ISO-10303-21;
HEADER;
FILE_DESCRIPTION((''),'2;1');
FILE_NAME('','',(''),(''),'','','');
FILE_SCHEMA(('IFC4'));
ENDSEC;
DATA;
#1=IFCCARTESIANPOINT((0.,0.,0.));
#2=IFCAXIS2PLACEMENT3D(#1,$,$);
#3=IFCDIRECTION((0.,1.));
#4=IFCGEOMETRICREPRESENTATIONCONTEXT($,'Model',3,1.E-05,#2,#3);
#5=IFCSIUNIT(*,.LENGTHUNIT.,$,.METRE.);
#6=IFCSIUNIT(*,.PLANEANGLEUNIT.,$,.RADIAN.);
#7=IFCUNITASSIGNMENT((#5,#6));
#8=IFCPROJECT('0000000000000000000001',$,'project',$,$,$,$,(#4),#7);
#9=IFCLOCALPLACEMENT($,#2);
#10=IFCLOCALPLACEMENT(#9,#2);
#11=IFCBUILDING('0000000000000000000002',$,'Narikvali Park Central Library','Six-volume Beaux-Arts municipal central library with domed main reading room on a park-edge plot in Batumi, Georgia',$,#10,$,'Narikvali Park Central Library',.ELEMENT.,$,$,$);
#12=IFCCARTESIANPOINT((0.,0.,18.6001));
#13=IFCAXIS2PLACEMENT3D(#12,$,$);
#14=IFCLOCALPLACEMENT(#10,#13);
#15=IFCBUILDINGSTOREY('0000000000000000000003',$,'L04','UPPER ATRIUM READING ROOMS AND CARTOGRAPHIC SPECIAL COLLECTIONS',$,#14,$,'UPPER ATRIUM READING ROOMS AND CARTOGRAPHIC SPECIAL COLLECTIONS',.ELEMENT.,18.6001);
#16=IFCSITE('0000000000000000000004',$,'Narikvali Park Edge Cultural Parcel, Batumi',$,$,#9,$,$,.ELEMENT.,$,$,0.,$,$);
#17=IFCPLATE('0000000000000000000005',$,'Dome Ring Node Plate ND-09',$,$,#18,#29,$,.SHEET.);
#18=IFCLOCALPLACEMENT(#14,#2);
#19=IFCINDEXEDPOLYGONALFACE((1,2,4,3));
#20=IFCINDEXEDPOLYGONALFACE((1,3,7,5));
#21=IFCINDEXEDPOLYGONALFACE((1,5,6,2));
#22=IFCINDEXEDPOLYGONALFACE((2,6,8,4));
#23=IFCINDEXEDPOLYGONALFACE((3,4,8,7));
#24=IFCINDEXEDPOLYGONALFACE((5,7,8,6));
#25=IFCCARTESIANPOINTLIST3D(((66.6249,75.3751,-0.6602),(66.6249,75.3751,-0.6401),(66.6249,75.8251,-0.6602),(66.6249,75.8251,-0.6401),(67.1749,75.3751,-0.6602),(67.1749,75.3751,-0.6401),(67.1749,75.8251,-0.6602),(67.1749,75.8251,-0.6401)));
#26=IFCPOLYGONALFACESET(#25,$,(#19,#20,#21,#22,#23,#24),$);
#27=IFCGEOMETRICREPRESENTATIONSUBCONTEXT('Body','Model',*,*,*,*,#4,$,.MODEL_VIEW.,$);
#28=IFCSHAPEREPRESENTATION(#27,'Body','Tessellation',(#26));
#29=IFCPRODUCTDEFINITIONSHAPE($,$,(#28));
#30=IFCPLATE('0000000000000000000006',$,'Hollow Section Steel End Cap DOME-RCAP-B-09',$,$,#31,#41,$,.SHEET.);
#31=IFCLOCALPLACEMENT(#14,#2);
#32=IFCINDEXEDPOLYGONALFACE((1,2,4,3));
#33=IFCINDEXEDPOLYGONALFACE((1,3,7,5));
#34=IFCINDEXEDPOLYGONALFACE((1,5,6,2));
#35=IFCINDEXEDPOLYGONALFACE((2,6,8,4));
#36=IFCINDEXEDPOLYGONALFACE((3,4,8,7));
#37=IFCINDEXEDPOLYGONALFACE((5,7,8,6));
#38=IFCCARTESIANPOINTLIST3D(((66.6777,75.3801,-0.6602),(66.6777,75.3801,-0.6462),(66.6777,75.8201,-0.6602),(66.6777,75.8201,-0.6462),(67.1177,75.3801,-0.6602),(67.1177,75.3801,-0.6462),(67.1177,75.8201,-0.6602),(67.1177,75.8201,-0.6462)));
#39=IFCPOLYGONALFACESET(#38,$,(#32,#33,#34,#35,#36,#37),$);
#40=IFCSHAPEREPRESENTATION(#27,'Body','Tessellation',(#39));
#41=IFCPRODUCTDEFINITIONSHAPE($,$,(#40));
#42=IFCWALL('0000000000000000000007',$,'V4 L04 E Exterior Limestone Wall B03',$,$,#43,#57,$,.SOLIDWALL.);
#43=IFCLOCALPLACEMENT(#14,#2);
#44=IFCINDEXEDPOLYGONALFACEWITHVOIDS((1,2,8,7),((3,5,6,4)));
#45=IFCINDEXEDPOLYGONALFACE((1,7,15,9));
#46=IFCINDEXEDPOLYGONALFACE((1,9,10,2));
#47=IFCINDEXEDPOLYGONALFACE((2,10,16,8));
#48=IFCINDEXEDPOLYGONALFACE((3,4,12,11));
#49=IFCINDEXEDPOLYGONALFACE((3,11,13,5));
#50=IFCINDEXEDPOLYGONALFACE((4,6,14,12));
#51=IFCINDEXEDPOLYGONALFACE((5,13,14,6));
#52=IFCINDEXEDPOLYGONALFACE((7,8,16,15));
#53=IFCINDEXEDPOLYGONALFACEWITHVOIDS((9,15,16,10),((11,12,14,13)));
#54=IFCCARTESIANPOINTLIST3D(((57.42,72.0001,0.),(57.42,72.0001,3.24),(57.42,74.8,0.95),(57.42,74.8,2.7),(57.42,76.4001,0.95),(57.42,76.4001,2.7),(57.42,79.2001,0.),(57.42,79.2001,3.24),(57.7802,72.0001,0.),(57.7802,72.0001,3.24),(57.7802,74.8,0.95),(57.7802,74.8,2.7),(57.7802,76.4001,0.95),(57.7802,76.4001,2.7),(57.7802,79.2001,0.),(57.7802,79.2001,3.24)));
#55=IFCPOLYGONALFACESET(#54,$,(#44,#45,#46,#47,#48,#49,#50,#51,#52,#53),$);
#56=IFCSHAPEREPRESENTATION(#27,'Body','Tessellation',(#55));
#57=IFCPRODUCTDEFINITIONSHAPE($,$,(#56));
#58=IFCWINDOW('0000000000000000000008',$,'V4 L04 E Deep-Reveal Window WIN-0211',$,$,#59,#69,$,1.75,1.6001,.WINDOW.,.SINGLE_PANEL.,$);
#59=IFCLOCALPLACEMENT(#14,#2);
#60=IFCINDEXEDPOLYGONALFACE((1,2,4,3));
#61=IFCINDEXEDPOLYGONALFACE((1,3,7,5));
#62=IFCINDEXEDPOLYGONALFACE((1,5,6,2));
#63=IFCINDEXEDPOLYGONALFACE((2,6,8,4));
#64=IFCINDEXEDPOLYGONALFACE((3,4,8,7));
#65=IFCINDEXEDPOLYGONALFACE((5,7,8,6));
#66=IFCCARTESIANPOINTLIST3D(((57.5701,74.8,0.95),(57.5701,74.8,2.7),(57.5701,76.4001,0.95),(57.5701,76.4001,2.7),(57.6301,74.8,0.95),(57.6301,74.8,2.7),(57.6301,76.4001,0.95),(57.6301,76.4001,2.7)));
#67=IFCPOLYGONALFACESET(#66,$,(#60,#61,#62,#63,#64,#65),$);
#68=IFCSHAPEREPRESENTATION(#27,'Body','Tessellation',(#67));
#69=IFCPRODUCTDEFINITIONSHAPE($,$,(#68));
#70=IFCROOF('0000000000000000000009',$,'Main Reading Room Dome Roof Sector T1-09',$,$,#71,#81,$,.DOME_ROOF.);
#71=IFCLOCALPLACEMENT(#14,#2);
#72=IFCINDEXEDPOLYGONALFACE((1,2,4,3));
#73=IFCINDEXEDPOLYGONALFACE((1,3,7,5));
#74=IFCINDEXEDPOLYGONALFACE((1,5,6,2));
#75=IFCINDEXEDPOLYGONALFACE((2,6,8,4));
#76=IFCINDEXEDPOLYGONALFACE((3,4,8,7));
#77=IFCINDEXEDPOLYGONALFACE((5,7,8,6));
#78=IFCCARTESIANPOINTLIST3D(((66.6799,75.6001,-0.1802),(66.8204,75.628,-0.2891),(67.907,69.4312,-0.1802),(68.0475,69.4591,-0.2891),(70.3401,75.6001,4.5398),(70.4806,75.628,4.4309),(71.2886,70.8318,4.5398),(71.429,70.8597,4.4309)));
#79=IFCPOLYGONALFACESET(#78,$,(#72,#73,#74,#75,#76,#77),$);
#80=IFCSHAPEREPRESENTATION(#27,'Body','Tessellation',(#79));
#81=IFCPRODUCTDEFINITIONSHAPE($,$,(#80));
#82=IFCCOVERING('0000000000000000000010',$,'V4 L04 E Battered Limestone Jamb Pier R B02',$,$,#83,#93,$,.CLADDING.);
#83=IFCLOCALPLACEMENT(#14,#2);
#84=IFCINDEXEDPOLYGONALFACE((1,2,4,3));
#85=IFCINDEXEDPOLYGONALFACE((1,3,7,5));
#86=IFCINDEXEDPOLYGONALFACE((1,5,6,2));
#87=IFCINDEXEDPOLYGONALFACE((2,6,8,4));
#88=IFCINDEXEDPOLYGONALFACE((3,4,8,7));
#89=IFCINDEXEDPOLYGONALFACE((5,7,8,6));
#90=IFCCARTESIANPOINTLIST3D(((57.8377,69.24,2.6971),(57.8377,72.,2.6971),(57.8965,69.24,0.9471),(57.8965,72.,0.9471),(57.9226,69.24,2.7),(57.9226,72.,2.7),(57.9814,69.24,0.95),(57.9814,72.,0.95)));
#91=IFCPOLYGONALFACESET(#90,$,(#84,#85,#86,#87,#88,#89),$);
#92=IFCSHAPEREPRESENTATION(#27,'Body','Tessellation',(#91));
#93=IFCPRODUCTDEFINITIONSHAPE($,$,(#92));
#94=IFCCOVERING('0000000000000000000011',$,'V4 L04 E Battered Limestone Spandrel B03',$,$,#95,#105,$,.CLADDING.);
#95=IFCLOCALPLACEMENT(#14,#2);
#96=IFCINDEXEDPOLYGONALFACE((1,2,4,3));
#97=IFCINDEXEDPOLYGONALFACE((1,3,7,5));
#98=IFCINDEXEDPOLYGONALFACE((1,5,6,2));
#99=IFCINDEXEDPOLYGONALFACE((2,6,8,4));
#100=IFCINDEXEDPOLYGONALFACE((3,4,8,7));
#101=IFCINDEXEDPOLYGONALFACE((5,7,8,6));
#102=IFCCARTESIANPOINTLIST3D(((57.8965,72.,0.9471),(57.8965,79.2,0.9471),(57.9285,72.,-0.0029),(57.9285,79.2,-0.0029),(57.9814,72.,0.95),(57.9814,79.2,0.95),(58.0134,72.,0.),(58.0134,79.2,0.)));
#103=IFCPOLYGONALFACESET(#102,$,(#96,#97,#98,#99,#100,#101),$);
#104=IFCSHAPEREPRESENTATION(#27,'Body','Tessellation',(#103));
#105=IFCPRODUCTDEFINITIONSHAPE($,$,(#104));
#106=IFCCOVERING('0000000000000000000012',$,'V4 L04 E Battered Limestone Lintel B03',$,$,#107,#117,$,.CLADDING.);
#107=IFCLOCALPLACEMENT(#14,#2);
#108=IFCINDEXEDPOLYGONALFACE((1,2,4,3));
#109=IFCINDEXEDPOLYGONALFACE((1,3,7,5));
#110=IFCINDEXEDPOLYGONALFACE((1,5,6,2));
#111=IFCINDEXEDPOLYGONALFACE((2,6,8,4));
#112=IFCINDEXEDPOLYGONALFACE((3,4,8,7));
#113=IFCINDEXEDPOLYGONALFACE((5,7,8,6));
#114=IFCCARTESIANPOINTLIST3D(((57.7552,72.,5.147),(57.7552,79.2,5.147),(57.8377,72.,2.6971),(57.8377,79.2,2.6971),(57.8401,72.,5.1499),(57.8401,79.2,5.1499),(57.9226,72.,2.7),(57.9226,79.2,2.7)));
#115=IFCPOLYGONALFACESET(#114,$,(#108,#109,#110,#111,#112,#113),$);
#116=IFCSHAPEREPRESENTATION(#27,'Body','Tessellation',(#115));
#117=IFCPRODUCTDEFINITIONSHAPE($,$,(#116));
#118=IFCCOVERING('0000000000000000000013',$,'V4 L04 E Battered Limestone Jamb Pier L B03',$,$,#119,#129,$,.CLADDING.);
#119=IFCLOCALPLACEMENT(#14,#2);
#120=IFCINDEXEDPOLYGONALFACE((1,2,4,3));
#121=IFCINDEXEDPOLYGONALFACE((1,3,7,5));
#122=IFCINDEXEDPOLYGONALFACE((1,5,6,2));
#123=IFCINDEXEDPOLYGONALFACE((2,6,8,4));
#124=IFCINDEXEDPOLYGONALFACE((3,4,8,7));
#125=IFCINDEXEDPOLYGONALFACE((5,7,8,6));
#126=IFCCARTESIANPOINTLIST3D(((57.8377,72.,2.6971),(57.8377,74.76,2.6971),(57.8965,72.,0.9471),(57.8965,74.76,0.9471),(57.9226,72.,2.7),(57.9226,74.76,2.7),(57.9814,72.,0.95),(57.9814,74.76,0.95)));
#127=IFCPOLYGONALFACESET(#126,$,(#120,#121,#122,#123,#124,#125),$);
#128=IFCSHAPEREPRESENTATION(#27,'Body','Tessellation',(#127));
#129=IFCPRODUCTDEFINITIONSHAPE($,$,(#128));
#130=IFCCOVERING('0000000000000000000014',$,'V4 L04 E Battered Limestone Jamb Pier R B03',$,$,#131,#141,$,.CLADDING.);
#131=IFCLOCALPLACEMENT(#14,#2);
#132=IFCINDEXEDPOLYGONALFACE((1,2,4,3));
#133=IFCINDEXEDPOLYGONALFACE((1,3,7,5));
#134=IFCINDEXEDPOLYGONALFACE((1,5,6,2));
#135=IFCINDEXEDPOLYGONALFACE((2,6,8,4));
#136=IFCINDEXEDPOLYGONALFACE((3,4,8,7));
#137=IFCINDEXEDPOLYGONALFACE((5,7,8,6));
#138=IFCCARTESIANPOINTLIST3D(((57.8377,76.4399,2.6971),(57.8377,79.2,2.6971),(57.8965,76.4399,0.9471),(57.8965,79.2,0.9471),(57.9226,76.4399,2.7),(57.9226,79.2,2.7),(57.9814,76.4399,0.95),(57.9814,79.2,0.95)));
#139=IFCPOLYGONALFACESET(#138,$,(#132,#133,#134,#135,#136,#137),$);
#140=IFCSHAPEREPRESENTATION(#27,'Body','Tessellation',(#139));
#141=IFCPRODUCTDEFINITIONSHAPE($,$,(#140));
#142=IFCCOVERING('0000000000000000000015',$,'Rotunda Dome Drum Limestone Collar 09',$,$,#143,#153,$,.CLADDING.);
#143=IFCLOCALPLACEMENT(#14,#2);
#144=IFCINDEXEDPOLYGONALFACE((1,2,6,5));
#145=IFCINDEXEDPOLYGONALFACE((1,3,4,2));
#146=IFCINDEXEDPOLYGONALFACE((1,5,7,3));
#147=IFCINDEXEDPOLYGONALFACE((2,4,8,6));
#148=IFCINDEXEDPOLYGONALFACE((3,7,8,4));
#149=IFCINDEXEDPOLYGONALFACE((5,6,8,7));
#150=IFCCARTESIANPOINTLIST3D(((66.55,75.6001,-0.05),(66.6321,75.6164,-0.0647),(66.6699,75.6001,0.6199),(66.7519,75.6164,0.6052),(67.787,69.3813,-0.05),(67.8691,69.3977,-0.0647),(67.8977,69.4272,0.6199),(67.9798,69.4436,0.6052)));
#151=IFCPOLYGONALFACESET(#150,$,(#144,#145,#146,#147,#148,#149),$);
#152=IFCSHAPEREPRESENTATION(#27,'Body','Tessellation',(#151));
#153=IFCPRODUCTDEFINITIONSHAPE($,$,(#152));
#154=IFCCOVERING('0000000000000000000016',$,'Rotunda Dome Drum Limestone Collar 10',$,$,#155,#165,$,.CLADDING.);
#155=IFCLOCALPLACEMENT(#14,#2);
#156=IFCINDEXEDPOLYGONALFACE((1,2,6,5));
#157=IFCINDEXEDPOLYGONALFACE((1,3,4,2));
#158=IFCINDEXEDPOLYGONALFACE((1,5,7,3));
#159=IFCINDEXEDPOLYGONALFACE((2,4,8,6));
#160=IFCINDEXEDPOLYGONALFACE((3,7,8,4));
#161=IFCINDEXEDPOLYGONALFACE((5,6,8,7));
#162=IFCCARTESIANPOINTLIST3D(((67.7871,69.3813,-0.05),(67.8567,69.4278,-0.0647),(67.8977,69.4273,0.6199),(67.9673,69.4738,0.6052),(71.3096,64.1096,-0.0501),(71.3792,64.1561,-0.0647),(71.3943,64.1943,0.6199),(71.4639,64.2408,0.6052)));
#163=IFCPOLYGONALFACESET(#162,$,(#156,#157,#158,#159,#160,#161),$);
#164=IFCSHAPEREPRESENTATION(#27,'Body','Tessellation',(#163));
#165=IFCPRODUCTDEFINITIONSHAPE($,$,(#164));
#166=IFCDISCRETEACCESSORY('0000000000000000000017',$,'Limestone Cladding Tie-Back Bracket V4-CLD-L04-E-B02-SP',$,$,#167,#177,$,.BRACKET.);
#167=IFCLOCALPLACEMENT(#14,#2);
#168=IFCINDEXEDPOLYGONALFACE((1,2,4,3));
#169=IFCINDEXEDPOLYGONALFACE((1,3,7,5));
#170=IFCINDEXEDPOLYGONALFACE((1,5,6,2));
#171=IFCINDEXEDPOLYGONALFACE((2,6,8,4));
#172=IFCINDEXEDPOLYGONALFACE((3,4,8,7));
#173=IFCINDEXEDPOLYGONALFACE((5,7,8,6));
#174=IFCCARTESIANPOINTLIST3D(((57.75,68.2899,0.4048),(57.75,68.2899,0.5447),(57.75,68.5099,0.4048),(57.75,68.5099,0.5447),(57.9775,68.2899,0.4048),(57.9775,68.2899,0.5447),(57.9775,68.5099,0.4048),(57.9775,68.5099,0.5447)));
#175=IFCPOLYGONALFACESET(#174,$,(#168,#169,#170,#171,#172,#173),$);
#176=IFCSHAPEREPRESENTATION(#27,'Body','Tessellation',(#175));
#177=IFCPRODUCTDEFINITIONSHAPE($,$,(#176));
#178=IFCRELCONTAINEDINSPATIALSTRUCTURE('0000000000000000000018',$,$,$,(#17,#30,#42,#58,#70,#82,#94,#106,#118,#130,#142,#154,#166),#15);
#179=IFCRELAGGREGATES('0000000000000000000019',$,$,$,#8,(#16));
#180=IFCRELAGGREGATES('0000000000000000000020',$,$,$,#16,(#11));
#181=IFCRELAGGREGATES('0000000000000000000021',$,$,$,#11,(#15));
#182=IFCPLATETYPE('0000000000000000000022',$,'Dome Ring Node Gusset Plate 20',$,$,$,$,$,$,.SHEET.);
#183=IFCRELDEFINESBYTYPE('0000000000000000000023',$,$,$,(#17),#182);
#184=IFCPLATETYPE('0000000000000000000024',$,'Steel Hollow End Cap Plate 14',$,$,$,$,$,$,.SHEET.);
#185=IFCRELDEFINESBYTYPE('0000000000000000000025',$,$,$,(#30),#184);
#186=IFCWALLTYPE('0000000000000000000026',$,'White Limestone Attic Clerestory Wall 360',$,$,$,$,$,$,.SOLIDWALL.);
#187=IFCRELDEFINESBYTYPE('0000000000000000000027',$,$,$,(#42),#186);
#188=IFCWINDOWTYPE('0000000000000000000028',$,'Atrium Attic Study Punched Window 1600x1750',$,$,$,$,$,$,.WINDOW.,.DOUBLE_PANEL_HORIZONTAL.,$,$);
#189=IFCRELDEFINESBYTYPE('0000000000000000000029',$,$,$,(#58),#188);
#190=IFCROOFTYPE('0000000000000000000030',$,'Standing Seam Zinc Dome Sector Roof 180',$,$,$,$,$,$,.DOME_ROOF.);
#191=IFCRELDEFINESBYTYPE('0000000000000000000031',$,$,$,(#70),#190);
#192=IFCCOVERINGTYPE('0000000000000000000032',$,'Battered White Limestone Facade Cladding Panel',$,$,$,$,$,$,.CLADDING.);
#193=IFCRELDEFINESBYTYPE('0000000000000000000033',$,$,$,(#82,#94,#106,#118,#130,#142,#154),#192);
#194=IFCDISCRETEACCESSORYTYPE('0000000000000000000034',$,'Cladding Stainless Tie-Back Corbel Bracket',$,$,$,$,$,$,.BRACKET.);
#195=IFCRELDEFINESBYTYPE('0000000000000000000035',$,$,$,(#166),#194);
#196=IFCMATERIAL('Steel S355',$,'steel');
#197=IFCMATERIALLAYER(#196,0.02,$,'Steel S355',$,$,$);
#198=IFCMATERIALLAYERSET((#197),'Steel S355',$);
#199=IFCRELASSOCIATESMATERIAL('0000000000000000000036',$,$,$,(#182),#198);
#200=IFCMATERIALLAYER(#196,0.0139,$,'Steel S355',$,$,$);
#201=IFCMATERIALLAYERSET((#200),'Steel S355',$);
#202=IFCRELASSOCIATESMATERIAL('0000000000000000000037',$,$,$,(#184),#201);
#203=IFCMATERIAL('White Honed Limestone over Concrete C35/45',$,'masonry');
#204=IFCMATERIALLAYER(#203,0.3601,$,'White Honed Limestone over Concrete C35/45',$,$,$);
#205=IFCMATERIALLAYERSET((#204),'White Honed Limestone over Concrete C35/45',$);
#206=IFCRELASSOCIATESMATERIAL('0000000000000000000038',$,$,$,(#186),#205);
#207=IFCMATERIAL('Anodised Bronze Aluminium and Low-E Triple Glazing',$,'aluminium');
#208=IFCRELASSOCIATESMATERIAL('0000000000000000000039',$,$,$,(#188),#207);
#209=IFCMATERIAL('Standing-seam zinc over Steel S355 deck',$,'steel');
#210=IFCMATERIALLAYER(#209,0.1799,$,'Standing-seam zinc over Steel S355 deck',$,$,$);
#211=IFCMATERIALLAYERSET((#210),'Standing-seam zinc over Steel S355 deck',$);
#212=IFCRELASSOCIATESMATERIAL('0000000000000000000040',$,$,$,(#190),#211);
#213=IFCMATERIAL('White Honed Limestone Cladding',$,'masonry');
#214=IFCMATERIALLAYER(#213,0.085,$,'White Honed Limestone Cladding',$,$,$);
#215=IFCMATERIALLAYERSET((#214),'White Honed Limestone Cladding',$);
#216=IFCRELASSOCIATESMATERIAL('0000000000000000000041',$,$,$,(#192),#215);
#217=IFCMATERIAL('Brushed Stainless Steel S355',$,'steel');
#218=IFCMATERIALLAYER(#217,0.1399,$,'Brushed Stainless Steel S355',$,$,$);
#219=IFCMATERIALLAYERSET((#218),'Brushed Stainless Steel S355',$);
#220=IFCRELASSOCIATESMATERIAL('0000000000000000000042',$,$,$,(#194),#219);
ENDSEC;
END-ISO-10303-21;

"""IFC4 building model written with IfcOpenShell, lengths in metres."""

from ifc_helpers import new_model, si_unit, direction, frame, frame_2d, origin, origin_2d, place, context, subcontext, project, spatial, polyline, rectangle, outline, extrude, material, layer, layer_set, type_object, element, fill, save


model = new_model("IFC4")

# Units and contexts
model_context = context("Model", 3, precision=1e-05, world=origin(), true_north=direction((0.0, 1.0)))
body_context = subcontext(model_context, "Body", "Model", "MODEL_VIEW")
ifc_project = project(units=[si_unit("LENGTHUNIT", "METRE"), si_unit("PLANEANGLEUNIT", "RADIAN")], contexts=[model_context])

# Site, building, storey
site_placement = place(None, origin())
site = spatial("IfcSite", under=ifc_project, at=site_placement, Name="Narikvali Park Edge Cultural Parcel, Batumi", CompositionType="ELEMENT", RefElevation=0.0)
building_placement = place(site_placement, origin())
building = spatial("IfcBuilding", under=site, at=building_placement, Name="Narikvali Park Central Library", Description="Six-volume Beaux-Arts municipal central library with domed main reading room on a park-edge plot in Batumi, Georgia", LongName="Narikvali Park Central Library", CompositionType="ELEMENT")
storey_placement = place(building_placement, frame((0.0, 0.0, 18.6001)))
storey = spatial("IfcBuildingStorey", under=building, at=storey_placement, Name="L04", Description="UPPER ATRIUM READING ROOMS AND CARTOGRAPHIC SPECIAL COLLECTIONS", LongName="UPPER ATRIUM READING ROOMS AND CARTOGRAPHIC SPECIAL COLLECTIONS", CompositionType="ELEMENT", Elevation=18.6001)

# Shared definitions
ifc_material_1 = material(Name="Steel S355", Category="steel")

# Plates
ifc_layer_1 = layer(ifc_material_1, 0.02, Name="Steel S355")
ifc_layer_set_1 = layer_set([ifc_layer_1], Name="Steel S355")
plate_type_1 = type_object("IfcPlateType", Name="Dome Ring Node Gusset Plate 20", PredefinedType="SHEET", material=ifc_layer_set_1)
plate_1_placement = place(storey_placement, frame((66.8999, 75.6001, -0.6602), z_axis=(0.0, 0.0, 1.0), x_axis=(-1.0, 0.0, 0.0)))
element("IfcPlate", 1, at=plate_1_placement, inside=storey, type_object=plate_type_1, Name="Dome Ring Node Plate ND-09", PredefinedType="SHEET", context=body_context, shape_type="SweptSolid", body=[
    extrude(rectangle(XDim=0.55, YDim=0.45, at=origin_2d()), origin(), (0.0, 0.0, 1.0), 0.02),
])
ifc_layer_2 = layer(ifc_material_1, 0.0139, Name="Steel S355")
ifc_layer_set_2 = layer_set([ifc_layer_2], Name="Steel S355")
plate_type_2 = type_object("IfcPlateType", Name="Steel Hollow End Cap Plate 14", PredefinedType="SHEET", material=ifc_layer_set_2)
plate_2_placement = place(storey_placement, frame((66.8977, 75.6001, -0.6602), z_axis=(0.0, 0.0, 1.0), x_axis=(1.0, 0.0, 0.0)))
element("IfcPlate", 2, at=plate_2_placement, inside=storey, type_object=plate_type_2, Name="Hollow Section Steel End Cap DOME-RCAP-B-09", PredefinedType="SHEET", context=body_context, shape_type="SweptSolid", body=[
    extrude(rectangle(XDim=0.4399, YDim=0.4399, at=origin_2d()), origin(), (0.0, 0.0, 1.0), 0.0139),
])

# Wall, opening, window
ifc_material_2 = material(Name="White Honed Limestone over Concrete C35/45", Category="masonry")
ifc_layer_3 = layer(ifc_material_2, 0.3601, Name="White Honed Limestone over Concrete C35/45")
ifc_layer_set_3 = layer_set([ifc_layer_3], Name="White Honed Limestone over Concrete C35/45")
wall_type = type_object("IfcWallType", Name="White Limestone Attic Clerestory Wall 360", PredefinedType="SOLIDWALL", material=ifc_layer_set_3)
wall_placement = place(storey_placement, frame((57.6001, 72.0, 0.0), z_axis=(0.0, 0.0, 1.0), x_axis=(0.0, 1.0, 0.0)))
wall = element("IfcWall", 3, at=wall_placement, inside=storey, type_object=wall_type, Name="V4 L04 E Exterior Limestone Wall B03", PredefinedType="SOLIDWALL", context=body_context, shape_type="SweptSolid", body=[
    extrude(rectangle(XDim=7.2, YDim=0.3601, at=frame_2d((3.6001, 0.0))), origin(), (0.0, 0.0, 1.0), 3.24),
])
opening_placement = place(wall_placement, frame((2.8, 0.0, 0.95)))
opening = element("IfcOpeningElement", 4, at=opening_placement, cuts=wall, PredefinedType="OPENING", context=body_context, shape_type="SweptSolid", body=[
    extrude(rectangle(XDim=1.6001, YDim=1.75, at=frame_2d((0.8, 0.875))), frame((0.0, 0.1919, 0.0), z_axis=(0.0, -1.0, 0.0), x_axis=(1.0, 0.0, 0.0)), (0.0, 0.0, 1.0), 0.384),
])
ifc_material_3 = material(Name="Anodised Bronze Aluminium and Low-E Triple Glazing", Category="aluminium")
window_type = type_object("IfcWindowType", Name="Atrium Attic Study Punched Window 1600x1750", PartitioningType="DOUBLE_PANEL_HORIZONTAL", PredefinedType="WINDOW", material=ifc_material_3)
window_placement = place(opening_placement, origin())
window = element("IfcWindow", 5, at=window_placement, inside=storey, type_object=window_type, Name="V4 L04 E Deep-Reveal Window WIN-0211", OverallHeight=1.75, OverallWidth=1.6001, PartitioningType="SINGLE_PANEL", PredefinedType="WINDOW", context=body_context, shape_type="SweptSolid", body=[
    extrude(rectangle(XDim=1.6001, YDim=1.75, at=frame_2d((0.8, 0.875))), frame((0.0, 0.03, 0.0), z_axis=(0.0, -1.0, 0.0), x_axis=(1.0, 0.0, 0.0)), (0.0, 0.0, 1.0), 0.0601),
])
fill(opening, window)

# Roof
ifc_material_4 = material(Name="Standing-seam zinc over Steel S355 deck", Category="steel")
ifc_layer_4 = layer(ifc_material_4, 0.1799, Name="Standing-seam zinc over Steel S355 deck")
ifc_layer_set_4 = layer_set([ifc_layer_4], Name="Standing-seam zinc over Steel S355 deck")
roof_type = type_object("IfcRoofType", Name="Standing Seam Zinc Dome Sector Roof 180", PredefinedType="DOME_ROOF", material=ifc_layer_set_4)
roof_placement = place(storey_placement, frame((66.6799, 75.6001, -0.1802), z_axis=(-0.780652, -0.15528, 0.605369), x_axis=(0.195088, -0.980786, -0.000001)))
element("IfcRoof", 6, at=roof_placement, inside=storey, type_object=roof_type, Name="Main Reading Room Dome Roof Sector T1-09", PredefinedType="DOME_ROOF", context=body_context, shape_type="SweptSolid", body=[
    extrude(outline(polyline([(0.0, 0.0), (6.2898, 0.0), (5.5758, 5.93), (0.714, 5.93), (0.0, 0.0)])), origin(), (0.0, 0.0, -1.0), 0.1799),
])

# Coverings
ifc_material_5 = material(Name="White Honed Limestone Cladding", Category="masonry")
ifc_layer_5 = layer(ifc_material_5, 0.085, Name="White Honed Limestone Cladding")
ifc_layer_set_5 = layer_set([ifc_layer_5], Name="White Honed Limestone Cladding")
covering_type = type_object("IfcCoveringType", Name="Battered White Limestone Facade Cladding Panel", PredefinedType="CLADDING", material=ifc_layer_set_5)
covering_1_placement = place(storey_placement, frame((57.9814, 69.24, 0.95), z_axis=(0.999435, 0.0, 0.033603), x_axis=(0.0, 1.0, 0.0)))
element("IfcCovering", 7, at=covering_1_placement, inside=storey, type_object=covering_type, Name="V4 L04 E Battered Limestone Jamb Pier R B02", PredefinedType="CLADDING", context=body_context, shape_type="SweptSolid", body=[
    extrude(outline(polyline([(0.0, 0.0), (2.76, 0.0), (2.76, 1.751), (0.0, 1.751), (0.0, 0.0)])), origin(), (0.0, 0.0, -1.0), 0.085),
])
covering_2_placement = place(storey_placement, frame((58.0134, 72.0, 0.0), z_axis=(0.999434, 0.0, 0.033648), x_axis=(0.0, 1.0, 0.0)))
element("IfcCovering", 8, at=covering_2_placement, inside=storey, type_object=covering_type, Name="V4 L04 E Battered Limestone Spandrel B03", PredefinedType="CLADDING", context=body_context, shape_type="SweptSolid", body=[
    extrude(outline(polyline([(0.0, 0.0), (7.2, 0.0), (7.2, 0.9505), (0.0, 0.9505), (0.0, 0.0)])), origin(), (0.0, 0.0, -1.0), 0.085),
])
covering_3_placement = place(storey_placement, frame((57.9226, 72.0, 2.7), z_axis=(0.999433, 0.0, 0.033663), x_axis=(0.0, 1.0, 0.0)))
element("IfcCovering", 9, at=covering_3_placement, inside=storey, type_object=covering_type, Name="V4 L04 E Battered Limestone Lintel B03", PredefinedType="CLADDING", context=body_context, shape_type="SweptSolid", body=[
    extrude(outline(polyline([(0.0, 0.0), (7.2, 0.0), (7.2, 2.4513), (0.0, 2.4513), (0.0, 0.0)])), origin(), (0.0, 0.0, -1.0), 0.085),
])
for number, where, z_axis, x_axis, name in (
    (10, (57.9814, 72.0, 0.95), (0.999435, 0.0, 0.033603), (0.0, 1.0, 0.0), "V4 L04 E Battered Limestone Jamb Pier L B03"),
    (11, (57.9814, 76.4399, 0.95), (0.999435, 0.0, 0.033603), (0.0, 1.0, 0.0), "V4 L04 E Battered Limestone Jamb Pier R B03"),
):
    element("IfcCovering", number, at=place(storey_placement, frame(where, z_axis=z_axis, x_axis=x_axis)), inside=storey, type_object=covering_type, Name=name, PredefinedType="CLADDING", context=body_context, shape_type="SweptSolid", body=[
        extrude(outline(polyline([(0.0, 0.0), (2.76, 0.0), (2.76, 1.751), (0.0, 1.751), (0.0, 0.0)])), origin(), (0.0, 0.0, -1.0), 0.085),
    ])
covering_4_placement = place(storey_placement, frame((66.55, 75.6001, -0.05), z_axis=(-0.966039, -0.192157, 0.172753), x_axis=(0.195091, -0.980785, 0.000002)))
element("IfcCovering", 12, at=covering_4_placement, inside=storey, type_object=covering_type, Name="Rotunda Dome Drum Limestone Collar 09", PredefinedType="CLADDING", context=body_context, shape_type="SweptSolid", body=[
    extrude(outline(polyline([(0.0, 0.0), (6.3406, 0.0), (6.3172, 0.6801), (0.0234, 0.6802), (0.0, 0.0)])), origin(), (0.0, 0.0, -1.0), 0.085),
])
covering_5_placement = place(storey_placement, frame((67.7871, 69.3813, -0.05), z_axis=(-0.81897, -0.547223, 0.17273), x_axis=(0.555574, -0.831467, -0.000001)))
element("IfcCovering", 13, at=covering_5_placement, inside=storey, type_object=covering_type, Name="Rotunda Dome Drum Limestone Collar 10", PredefinedType="CLADDING", context=body_context, shape_type="SweptSolid", body=[
    extrude(outline(polyline([(0.0, 0.0), (6.3403, 0.0), (6.3169, 0.6801), (0.0233, 0.6801), (0.0, 0.0)])), origin(), (0.0, 0.0, -1.0), 0.085),
])

# Discrete accessory
ifc_material_6 = material(Name="Brushed Stainless Steel S355", Category="steel")
ifc_layer_6 = layer(ifc_material_6, 0.1399, Name="Brushed Stainless Steel S355")
ifc_layer_set_6 = layer_set([ifc_layer_6], Name="Brushed Stainless Steel S355")
discrete_accessory_type = type_object("IfcDiscreteAccessoryType", Name="Cladding Stainless Tie-Back Corbel Bracket", PredefinedType="BRACKET", material=ifc_layer_set_6)
discrete_accessory_1_placement = place(storey_placement, frame((57.8638, 68.3999, 0.4048), z_axis=(0.0, 0.0, 1.0), x_axis=(1.0, 0.0, 0.0)))
element("IfcDiscreteAccessory", 14, at=discrete_accessory_1_placement, inside=storey, type_object=discrete_accessory_type, Name="Limestone Cladding Tie-Back Bracket V4-CLD-L04-E-B02-SP", PredefinedType="BRACKET", context=body_context, shape_type="SweptSolid", body=[
    extrude(rectangle(XDim=0.2275, YDim=0.22, at=origin_2d()), origin(), (0.0, 0.0, 1.0), 0.1399),
])

save(model, "model.ifc")
